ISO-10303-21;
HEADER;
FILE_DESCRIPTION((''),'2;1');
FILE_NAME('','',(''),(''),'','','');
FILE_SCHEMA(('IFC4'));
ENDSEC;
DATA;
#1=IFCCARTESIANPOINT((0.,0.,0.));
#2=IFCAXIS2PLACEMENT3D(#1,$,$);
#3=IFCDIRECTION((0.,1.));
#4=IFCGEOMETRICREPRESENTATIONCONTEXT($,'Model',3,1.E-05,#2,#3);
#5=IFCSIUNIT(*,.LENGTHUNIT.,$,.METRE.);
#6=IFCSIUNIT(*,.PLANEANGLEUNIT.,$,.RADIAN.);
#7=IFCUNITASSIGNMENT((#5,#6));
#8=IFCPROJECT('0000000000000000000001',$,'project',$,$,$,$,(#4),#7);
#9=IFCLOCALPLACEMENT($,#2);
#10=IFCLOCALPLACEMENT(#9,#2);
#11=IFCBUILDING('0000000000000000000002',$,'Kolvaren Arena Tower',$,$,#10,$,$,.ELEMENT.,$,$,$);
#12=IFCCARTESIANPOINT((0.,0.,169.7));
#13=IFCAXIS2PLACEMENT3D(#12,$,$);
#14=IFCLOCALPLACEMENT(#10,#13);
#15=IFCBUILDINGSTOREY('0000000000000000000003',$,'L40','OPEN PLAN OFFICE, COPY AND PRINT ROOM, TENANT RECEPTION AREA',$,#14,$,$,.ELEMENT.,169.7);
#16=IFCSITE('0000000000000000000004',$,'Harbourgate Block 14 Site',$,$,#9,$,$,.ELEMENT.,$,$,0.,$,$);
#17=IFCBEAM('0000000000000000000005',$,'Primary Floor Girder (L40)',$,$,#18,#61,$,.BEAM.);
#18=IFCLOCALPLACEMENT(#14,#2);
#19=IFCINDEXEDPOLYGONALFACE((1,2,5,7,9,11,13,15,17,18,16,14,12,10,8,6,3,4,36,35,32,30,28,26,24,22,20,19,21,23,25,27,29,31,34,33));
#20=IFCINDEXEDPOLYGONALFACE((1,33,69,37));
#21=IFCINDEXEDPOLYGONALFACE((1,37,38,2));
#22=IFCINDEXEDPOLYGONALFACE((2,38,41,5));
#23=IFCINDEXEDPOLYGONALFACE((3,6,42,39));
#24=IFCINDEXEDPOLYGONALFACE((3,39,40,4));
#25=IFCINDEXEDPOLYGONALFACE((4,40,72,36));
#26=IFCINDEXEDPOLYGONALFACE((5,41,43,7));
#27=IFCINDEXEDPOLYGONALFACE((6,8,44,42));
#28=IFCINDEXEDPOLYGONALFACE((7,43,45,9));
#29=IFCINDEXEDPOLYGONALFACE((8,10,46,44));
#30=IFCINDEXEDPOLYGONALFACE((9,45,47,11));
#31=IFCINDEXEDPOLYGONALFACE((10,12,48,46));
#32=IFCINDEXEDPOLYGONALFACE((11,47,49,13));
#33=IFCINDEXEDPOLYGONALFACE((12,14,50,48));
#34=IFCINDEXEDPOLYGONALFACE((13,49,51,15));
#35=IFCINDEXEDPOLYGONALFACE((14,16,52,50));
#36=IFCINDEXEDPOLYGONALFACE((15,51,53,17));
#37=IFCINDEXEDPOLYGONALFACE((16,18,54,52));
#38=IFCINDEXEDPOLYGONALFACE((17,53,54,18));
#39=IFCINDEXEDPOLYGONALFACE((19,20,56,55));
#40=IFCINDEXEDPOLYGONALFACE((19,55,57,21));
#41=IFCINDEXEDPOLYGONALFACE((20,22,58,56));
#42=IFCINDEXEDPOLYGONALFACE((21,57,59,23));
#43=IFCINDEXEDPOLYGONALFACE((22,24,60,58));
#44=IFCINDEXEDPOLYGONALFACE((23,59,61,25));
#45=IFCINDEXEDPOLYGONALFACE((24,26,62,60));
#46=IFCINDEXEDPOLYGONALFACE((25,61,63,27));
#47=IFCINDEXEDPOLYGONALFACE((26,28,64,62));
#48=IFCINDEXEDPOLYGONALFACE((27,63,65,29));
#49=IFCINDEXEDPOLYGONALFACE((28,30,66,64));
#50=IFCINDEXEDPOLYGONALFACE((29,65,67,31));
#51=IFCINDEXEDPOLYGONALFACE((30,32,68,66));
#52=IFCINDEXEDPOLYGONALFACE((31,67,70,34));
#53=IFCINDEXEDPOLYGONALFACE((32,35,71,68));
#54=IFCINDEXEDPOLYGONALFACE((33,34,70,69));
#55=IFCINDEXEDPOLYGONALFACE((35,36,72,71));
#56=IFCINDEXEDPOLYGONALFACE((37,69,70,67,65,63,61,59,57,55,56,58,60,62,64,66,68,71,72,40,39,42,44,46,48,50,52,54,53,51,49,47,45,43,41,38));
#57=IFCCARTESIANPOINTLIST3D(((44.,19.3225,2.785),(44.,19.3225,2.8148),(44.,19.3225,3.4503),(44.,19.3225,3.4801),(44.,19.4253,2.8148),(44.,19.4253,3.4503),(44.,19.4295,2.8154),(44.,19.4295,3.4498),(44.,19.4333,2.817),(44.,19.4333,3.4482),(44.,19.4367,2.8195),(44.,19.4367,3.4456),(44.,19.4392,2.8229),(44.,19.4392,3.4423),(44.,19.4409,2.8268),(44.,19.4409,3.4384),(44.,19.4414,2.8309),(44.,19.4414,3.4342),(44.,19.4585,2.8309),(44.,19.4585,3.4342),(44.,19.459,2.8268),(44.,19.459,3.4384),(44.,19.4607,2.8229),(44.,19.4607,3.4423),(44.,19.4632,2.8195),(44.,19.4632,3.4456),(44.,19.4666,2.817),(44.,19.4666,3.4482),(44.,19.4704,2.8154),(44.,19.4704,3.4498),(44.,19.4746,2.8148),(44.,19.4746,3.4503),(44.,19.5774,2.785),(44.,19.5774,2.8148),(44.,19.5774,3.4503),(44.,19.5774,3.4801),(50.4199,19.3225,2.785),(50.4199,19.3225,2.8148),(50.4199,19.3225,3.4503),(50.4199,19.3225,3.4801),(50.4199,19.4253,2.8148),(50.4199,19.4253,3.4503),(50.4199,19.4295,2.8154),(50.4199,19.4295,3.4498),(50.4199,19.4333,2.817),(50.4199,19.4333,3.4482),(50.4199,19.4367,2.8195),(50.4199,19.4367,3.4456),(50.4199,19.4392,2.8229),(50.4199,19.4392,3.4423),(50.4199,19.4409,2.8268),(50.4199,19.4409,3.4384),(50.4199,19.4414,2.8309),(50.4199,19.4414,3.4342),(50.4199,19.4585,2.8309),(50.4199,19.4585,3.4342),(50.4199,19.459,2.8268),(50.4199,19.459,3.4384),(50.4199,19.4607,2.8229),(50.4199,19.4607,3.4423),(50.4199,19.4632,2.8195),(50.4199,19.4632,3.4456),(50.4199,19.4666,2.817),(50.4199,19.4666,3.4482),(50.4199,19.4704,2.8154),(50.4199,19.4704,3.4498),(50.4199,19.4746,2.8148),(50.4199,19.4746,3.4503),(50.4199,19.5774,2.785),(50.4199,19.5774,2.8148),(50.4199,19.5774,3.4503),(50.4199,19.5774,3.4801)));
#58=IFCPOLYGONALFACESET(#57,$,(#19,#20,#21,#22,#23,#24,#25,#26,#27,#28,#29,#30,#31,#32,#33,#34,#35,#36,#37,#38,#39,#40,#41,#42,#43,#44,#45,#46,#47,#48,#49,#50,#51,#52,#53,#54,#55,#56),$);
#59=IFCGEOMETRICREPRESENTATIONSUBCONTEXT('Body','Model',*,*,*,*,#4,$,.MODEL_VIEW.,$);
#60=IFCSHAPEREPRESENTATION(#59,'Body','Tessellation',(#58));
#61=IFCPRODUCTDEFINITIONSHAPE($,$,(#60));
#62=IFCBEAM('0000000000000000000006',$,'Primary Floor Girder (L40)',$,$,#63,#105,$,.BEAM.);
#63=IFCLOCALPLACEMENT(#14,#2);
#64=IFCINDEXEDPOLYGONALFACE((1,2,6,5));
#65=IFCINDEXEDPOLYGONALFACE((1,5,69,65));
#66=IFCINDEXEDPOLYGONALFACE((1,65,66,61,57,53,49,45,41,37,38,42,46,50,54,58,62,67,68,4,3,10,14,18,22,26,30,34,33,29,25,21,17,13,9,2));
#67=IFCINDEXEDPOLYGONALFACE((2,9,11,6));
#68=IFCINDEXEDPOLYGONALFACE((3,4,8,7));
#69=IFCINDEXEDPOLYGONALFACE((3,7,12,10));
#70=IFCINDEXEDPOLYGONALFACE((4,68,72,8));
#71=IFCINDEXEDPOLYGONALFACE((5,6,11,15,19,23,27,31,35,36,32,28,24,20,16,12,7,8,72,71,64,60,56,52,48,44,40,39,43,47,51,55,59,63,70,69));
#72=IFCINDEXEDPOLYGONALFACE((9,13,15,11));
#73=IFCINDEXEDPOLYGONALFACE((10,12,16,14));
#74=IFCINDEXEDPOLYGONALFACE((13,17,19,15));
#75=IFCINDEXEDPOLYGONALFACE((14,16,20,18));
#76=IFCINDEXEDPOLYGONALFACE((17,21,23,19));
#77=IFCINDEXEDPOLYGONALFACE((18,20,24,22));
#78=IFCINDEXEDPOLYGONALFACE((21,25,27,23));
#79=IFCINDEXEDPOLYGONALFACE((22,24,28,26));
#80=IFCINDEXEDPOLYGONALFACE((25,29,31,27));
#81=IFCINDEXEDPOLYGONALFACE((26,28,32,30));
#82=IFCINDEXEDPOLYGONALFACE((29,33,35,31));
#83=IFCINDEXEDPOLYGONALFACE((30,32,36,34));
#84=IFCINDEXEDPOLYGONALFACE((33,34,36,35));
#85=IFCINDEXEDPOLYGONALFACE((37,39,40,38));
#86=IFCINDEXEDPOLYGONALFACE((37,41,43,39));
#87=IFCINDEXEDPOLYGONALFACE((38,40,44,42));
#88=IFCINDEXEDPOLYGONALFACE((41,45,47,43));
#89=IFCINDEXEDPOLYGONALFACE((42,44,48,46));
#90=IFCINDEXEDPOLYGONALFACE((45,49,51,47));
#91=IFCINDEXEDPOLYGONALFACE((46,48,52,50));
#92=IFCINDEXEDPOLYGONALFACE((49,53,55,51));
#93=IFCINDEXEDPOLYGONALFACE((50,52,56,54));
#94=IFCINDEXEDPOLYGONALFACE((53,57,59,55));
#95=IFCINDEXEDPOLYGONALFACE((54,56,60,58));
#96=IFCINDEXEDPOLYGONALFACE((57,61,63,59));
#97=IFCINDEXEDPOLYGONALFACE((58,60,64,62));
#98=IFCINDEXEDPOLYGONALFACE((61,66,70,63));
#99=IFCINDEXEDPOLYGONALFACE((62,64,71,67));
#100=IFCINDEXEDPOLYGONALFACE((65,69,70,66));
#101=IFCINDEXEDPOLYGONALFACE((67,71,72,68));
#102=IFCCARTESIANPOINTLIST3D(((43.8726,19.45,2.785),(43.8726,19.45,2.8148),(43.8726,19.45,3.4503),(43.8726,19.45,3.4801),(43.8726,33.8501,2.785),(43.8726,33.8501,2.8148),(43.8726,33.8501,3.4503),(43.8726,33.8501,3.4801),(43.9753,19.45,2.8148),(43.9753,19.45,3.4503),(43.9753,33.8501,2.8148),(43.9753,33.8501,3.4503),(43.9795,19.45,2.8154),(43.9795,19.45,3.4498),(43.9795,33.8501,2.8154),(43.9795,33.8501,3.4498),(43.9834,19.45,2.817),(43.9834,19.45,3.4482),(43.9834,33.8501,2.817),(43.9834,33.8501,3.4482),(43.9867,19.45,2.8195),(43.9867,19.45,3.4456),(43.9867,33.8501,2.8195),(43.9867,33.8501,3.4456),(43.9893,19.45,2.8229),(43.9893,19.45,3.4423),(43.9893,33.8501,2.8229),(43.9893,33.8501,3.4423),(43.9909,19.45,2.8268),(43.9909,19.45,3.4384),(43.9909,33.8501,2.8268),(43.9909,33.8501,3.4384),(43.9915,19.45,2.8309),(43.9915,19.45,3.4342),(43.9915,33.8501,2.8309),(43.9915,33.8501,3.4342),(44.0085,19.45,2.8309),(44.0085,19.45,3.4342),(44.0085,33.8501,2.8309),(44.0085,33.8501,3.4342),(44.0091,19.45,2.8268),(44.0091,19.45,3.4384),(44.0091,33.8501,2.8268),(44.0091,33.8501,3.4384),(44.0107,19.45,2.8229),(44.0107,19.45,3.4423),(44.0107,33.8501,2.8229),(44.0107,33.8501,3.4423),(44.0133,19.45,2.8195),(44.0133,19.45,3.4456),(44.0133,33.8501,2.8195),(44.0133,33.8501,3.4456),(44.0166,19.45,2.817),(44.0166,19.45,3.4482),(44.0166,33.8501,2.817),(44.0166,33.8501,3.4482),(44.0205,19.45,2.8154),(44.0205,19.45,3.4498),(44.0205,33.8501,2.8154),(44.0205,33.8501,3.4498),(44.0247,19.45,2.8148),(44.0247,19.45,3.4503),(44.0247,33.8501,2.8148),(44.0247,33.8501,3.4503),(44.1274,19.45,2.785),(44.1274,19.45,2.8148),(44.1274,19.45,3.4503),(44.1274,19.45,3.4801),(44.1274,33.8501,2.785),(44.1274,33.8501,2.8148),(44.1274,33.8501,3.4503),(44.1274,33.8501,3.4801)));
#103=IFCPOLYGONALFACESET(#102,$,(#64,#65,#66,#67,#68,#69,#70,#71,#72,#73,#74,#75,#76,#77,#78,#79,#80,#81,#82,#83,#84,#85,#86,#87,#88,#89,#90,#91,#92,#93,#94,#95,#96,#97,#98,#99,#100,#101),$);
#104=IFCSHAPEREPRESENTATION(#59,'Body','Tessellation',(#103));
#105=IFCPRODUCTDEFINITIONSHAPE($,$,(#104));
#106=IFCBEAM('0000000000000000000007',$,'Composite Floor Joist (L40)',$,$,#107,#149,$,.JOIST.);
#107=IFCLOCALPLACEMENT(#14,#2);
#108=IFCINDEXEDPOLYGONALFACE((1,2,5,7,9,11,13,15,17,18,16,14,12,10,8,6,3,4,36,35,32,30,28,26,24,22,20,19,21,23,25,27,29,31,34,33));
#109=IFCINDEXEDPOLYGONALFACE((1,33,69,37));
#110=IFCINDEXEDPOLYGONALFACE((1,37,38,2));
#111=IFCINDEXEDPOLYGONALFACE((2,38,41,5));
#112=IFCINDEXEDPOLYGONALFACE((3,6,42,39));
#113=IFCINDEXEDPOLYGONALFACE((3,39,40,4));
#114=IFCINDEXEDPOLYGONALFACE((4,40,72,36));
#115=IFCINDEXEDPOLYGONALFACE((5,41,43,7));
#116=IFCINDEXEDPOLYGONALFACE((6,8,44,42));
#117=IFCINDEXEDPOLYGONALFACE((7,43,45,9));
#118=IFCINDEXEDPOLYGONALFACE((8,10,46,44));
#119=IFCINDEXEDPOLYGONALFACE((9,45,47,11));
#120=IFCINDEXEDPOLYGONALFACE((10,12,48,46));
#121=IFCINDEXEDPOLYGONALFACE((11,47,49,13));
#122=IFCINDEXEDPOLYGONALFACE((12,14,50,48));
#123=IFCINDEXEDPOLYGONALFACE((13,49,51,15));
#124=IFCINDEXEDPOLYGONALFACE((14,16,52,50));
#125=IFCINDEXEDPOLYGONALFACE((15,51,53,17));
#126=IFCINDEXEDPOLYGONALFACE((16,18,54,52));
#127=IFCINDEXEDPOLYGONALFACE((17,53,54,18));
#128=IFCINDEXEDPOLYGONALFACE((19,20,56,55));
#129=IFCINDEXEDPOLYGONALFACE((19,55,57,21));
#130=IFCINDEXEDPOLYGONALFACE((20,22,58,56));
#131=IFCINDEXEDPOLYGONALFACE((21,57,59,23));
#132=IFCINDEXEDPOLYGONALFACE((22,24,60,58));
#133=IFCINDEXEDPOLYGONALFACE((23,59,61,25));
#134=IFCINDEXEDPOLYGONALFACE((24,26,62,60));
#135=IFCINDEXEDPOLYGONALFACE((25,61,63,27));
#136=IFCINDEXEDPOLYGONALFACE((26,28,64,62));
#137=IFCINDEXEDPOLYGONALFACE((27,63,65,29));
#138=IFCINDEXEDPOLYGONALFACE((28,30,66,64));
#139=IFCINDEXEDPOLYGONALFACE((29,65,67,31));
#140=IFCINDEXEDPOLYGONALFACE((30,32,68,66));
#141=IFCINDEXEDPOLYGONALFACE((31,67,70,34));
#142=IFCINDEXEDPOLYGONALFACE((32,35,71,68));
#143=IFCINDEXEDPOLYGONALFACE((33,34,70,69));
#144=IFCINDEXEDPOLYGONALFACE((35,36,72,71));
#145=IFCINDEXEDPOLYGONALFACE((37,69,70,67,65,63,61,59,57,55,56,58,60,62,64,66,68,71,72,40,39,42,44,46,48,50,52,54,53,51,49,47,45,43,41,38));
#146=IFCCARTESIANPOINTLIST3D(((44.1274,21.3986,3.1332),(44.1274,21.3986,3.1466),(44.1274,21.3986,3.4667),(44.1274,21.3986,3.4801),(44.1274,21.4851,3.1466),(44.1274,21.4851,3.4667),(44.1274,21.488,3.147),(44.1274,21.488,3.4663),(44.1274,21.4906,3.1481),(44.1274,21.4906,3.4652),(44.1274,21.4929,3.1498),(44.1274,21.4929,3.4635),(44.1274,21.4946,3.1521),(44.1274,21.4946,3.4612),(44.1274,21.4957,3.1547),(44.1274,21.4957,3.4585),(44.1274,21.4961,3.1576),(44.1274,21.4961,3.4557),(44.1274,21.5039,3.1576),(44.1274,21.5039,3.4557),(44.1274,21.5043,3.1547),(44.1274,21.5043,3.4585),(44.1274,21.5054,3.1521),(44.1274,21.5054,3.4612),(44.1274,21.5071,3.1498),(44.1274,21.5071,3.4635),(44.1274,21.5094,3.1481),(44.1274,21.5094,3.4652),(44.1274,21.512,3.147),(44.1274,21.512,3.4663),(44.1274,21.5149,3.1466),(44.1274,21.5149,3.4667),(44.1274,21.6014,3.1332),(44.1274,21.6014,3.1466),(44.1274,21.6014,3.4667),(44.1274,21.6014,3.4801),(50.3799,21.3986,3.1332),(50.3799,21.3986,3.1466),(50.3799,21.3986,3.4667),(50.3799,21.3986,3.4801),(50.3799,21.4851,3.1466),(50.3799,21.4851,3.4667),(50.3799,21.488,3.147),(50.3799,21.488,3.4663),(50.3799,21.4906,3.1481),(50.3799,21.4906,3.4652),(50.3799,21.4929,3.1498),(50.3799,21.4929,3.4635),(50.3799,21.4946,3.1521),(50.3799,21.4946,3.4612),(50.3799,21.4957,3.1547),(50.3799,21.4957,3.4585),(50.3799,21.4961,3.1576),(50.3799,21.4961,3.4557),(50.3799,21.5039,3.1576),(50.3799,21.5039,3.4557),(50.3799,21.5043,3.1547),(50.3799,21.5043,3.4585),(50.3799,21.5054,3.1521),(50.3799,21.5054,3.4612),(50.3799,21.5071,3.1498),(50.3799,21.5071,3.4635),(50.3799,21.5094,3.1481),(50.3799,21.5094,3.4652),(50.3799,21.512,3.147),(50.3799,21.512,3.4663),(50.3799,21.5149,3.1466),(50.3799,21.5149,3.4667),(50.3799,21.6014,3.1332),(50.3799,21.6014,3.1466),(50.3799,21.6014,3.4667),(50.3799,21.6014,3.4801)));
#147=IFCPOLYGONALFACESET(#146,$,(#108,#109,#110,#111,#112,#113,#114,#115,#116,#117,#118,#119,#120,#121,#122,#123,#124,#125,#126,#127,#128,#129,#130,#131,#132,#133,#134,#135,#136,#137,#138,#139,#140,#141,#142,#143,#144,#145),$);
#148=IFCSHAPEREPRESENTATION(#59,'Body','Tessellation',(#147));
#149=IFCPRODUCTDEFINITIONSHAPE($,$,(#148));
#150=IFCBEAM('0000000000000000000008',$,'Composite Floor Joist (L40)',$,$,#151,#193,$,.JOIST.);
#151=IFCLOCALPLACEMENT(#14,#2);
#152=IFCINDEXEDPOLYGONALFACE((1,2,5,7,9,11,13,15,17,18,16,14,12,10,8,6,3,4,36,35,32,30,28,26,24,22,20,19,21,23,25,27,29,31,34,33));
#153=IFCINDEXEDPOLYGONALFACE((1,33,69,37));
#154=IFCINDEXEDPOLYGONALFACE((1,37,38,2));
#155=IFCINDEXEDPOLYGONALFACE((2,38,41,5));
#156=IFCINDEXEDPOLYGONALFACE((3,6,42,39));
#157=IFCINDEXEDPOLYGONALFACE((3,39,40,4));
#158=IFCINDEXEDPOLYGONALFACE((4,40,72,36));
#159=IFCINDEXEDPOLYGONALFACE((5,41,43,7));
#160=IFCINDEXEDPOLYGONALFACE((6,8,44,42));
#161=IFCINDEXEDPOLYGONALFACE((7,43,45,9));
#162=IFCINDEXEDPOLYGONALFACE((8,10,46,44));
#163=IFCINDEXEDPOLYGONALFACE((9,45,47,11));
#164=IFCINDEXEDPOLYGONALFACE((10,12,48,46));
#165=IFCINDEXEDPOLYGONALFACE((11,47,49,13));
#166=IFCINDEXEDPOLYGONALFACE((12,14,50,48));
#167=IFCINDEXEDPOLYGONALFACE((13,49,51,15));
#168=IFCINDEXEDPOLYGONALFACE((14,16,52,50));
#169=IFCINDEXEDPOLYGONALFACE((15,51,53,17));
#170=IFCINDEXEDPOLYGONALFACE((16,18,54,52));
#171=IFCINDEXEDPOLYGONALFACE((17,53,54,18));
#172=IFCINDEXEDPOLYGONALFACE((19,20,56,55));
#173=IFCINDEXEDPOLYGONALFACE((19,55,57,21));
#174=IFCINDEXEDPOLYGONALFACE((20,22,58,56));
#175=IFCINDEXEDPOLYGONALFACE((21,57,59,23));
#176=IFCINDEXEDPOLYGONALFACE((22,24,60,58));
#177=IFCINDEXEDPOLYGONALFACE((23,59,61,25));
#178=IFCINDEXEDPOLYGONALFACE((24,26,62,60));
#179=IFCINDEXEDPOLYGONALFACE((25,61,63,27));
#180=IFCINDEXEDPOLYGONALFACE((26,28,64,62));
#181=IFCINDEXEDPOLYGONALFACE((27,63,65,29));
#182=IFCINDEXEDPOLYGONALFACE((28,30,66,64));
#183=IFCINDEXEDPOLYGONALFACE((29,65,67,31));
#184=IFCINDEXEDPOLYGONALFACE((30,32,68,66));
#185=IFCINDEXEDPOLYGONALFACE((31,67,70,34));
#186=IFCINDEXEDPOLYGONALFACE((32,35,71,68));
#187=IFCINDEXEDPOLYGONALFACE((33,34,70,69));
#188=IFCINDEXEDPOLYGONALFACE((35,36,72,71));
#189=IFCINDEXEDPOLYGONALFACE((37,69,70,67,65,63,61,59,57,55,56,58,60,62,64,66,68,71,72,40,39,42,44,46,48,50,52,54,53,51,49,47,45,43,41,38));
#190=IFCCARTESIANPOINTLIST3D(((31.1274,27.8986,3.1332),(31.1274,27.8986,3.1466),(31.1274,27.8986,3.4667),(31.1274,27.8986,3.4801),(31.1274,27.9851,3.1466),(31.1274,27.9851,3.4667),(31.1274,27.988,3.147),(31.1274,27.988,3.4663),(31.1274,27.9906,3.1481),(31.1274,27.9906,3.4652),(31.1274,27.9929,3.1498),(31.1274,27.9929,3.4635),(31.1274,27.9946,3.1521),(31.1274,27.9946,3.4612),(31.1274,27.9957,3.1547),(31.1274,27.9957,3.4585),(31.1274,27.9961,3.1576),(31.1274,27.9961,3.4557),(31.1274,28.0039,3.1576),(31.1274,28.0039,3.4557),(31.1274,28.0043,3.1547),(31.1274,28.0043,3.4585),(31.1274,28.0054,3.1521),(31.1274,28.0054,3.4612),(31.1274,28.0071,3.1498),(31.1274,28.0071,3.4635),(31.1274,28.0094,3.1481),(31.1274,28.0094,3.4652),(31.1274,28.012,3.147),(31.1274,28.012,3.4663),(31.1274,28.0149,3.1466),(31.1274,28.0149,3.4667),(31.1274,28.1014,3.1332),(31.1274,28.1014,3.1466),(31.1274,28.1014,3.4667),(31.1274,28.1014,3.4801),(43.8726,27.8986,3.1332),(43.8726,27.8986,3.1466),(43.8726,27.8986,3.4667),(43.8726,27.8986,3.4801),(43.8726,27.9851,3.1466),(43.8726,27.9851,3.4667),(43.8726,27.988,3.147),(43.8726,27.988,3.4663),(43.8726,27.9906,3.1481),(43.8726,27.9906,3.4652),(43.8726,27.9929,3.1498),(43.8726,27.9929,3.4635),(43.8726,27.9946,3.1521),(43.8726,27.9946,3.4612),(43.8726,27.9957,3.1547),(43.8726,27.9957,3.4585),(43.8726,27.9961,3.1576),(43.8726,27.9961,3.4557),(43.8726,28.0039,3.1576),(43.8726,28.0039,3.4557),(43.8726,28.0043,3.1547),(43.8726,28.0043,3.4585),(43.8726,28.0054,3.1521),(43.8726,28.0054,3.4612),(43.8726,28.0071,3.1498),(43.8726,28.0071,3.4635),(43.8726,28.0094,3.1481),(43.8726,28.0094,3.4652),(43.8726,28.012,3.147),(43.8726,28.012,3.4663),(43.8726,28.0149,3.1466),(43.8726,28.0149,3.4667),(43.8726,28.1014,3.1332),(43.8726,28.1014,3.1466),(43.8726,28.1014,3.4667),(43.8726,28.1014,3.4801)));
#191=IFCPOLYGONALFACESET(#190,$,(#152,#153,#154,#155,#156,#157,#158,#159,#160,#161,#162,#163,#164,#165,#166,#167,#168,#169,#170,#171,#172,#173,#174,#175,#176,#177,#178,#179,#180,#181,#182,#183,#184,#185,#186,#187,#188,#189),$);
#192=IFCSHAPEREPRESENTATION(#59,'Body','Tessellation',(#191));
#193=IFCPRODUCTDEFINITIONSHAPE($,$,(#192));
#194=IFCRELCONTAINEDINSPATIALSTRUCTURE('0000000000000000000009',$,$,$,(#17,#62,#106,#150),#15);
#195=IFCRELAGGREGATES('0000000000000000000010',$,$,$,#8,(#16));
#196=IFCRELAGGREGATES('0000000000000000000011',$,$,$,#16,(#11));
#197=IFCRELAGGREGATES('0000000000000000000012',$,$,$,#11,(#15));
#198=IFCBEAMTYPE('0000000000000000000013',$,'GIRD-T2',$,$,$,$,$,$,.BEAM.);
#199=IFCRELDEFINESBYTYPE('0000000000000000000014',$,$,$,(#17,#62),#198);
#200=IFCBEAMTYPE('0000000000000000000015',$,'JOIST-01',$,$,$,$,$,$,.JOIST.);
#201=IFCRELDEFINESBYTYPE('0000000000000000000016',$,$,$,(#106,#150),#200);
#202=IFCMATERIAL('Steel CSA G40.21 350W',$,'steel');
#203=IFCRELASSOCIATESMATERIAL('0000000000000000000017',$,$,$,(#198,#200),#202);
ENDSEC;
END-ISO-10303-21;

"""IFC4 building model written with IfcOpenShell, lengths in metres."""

from ifc_helpers import new_model, si_unit, direction, frame, origin, origin_2d, place, context, subcontext, project, spatial, i_section, extrude, material, material_profile, profile_set, type_object, element, save


model = new_model("IFC4")

# Units and contexts
model_context = context("Model", 3, precision=1e-05, world=origin(), true_north=direction((0.0, 1.0)))
body_context = subcontext(model_context, "Body", "Model", "MODEL_VIEW")
ifc_project = project(units=[si_unit("LENGTHUNIT", "METRE"), si_unit("PLANEANGLEUNIT", "RADIAN")], contexts=[model_context])

# Site, building, storey
site_placement = place(None, origin())
site = spatial("IfcSite", under=ifc_project, at=site_placement, Name="Harbourgate Block 14 Site", CompositionType="ELEMENT", RefElevation=0.0)
building_placement = place(site_placement, origin())
building = spatial("IfcBuilding", under=site, at=building_placement, Name="Kolvaren Arena Tower", CompositionType="ELEMENT")
storey_placement = place(building_placement, frame((0.0, 0.0, 169.7)))
storey = spatial("IfcBuildingStorey", under=building, at=storey_placement, Name="L40", Description="OPEN PLAN OFFICE, COPY AND PRINT ROOM, TENANT RECEPTION AREA", CompositionType="ELEMENT", Elevation=169.7)

# Beams
ifc_material_1 = material(Name="Steel CSA G40.21 350W", Category="steel")
ifc_material_profile_1 = material_profile(ifc_material_1, i_section(OverallWidth=0.2549, OverallDepth=0.6951, WebThickness=0.0171, FlangeThickness=0.0298, FilletRadius=0.0161, at=origin_2d()), Name="W690x217")
ifc_profile_set_1 = profile_set([ifc_material_profile_1], Name="Steel CSA G40.21 350W")
beam_type_1 = type_object("IfcBeamType", Name="GIRD-T2", PredefinedType="BEAM", material=ifc_profile_set_1)
beam_1_placement = place(storey_placement, frame((44.0, 19.45, 3.1326), z_axis=(1.0, 0.0, 0.0), x_axis=(0.0, 1.0, 0.0)))
element("IfcBeam", 1, at=beam_1_placement, inside=storey, type_object=beam_type_1, Name="Primary Floor Girder (L40)", PredefinedType="BEAM", context=body_context, shape_type="SweptSolid", body=[
    extrude(i_section(OverallWidth=0.2549, OverallDepth=0.6951, WebThickness=0.0171, FlangeThickness=0.0298, FilletRadius=0.0161, at=origin_2d()), origin(), (0.0, 0.0, 1.0), 6.4199),
])
beam_2_placement = place(storey_placement, frame((44.0, 19.45, 3.1326), z_axis=(0.0, 1.0, 0.0), x_axis=(-1.0, 0.0, 0.0)))
element("IfcBeam", 2, at=beam_2_placement, inside=storey, type_object=beam_type_1, Name="Primary Floor Girder (L40)", PredefinedType="BEAM", context=body_context, shape_type="SweptSolid", body=[
    extrude(i_section(OverallWidth=0.2549, OverallDepth=0.6951, WebThickness=0.0171, FlangeThickness=0.0298, FilletRadius=0.0161, at=origin_2d()), origin(), (0.0, 0.0, 1.0), 14.4001),
])
ifc_material_profile_2 = material_profile(ifc_material_1, i_section(OverallWidth=0.2029, OverallDepth=0.3469, WebThickness=0.0078, FlangeThickness=0.0134, FilletRadius=0.011, at=origin_2d()), Name="W360x64")
ifc_profile_set_2 = profile_set([ifc_material_profile_2], Name="Steel CSA G40.21 350W")
beam_type_2 = type_object("IfcBeamType", Name="JOIST-01", PredefinedType="JOIST", material=ifc_profile_set_2)
beam_3_placement = place(storey_placement, frame((44.1274, 21.5, 3.3066), z_axis=(1.0, 0.0, 0.0), x_axis=(0.0, 1.0, 0.0)))
element("IfcBeam", 3, at=beam_3_placement, inside=storey, type_object=beam_type_2, Name="Composite Floor Joist (L40)", PredefinedType="JOIST", context=body_context, shape_type="SweptSolid", body=[
    extrude(i_section(OverallWidth=0.2029, OverallDepth=0.3469, WebThickness=0.0078, FlangeThickness=0.0134, FilletRadius=0.011, at=origin_2d()), origin(), (0.0, 0.0, 1.0), 6.2524),
])
beam_4_placement = place(storey_placement, frame((31.1274, 28.0, 3.3066), z_axis=(1.0, 0.0, 0.0), x_axis=(0.0, 1.0, 0.0)))
element("IfcBeam", 4, at=beam_4_placement, inside=storey, type_object=beam_type_2, Name="Composite Floor Joist (L40)", PredefinedType="JOIST", context=body_context, shape_type="SweptSolid", body=[
    extrude(i_section(OverallWidth=0.2029, OverallDepth=0.3469, WebThickness=0.0078, FlangeThickness=0.0134, FilletRadius=0.011, at=origin_2d()), origin(), (0.0, 0.0, 1.0), 12.7451),
])

save(model, "model.ifc")
